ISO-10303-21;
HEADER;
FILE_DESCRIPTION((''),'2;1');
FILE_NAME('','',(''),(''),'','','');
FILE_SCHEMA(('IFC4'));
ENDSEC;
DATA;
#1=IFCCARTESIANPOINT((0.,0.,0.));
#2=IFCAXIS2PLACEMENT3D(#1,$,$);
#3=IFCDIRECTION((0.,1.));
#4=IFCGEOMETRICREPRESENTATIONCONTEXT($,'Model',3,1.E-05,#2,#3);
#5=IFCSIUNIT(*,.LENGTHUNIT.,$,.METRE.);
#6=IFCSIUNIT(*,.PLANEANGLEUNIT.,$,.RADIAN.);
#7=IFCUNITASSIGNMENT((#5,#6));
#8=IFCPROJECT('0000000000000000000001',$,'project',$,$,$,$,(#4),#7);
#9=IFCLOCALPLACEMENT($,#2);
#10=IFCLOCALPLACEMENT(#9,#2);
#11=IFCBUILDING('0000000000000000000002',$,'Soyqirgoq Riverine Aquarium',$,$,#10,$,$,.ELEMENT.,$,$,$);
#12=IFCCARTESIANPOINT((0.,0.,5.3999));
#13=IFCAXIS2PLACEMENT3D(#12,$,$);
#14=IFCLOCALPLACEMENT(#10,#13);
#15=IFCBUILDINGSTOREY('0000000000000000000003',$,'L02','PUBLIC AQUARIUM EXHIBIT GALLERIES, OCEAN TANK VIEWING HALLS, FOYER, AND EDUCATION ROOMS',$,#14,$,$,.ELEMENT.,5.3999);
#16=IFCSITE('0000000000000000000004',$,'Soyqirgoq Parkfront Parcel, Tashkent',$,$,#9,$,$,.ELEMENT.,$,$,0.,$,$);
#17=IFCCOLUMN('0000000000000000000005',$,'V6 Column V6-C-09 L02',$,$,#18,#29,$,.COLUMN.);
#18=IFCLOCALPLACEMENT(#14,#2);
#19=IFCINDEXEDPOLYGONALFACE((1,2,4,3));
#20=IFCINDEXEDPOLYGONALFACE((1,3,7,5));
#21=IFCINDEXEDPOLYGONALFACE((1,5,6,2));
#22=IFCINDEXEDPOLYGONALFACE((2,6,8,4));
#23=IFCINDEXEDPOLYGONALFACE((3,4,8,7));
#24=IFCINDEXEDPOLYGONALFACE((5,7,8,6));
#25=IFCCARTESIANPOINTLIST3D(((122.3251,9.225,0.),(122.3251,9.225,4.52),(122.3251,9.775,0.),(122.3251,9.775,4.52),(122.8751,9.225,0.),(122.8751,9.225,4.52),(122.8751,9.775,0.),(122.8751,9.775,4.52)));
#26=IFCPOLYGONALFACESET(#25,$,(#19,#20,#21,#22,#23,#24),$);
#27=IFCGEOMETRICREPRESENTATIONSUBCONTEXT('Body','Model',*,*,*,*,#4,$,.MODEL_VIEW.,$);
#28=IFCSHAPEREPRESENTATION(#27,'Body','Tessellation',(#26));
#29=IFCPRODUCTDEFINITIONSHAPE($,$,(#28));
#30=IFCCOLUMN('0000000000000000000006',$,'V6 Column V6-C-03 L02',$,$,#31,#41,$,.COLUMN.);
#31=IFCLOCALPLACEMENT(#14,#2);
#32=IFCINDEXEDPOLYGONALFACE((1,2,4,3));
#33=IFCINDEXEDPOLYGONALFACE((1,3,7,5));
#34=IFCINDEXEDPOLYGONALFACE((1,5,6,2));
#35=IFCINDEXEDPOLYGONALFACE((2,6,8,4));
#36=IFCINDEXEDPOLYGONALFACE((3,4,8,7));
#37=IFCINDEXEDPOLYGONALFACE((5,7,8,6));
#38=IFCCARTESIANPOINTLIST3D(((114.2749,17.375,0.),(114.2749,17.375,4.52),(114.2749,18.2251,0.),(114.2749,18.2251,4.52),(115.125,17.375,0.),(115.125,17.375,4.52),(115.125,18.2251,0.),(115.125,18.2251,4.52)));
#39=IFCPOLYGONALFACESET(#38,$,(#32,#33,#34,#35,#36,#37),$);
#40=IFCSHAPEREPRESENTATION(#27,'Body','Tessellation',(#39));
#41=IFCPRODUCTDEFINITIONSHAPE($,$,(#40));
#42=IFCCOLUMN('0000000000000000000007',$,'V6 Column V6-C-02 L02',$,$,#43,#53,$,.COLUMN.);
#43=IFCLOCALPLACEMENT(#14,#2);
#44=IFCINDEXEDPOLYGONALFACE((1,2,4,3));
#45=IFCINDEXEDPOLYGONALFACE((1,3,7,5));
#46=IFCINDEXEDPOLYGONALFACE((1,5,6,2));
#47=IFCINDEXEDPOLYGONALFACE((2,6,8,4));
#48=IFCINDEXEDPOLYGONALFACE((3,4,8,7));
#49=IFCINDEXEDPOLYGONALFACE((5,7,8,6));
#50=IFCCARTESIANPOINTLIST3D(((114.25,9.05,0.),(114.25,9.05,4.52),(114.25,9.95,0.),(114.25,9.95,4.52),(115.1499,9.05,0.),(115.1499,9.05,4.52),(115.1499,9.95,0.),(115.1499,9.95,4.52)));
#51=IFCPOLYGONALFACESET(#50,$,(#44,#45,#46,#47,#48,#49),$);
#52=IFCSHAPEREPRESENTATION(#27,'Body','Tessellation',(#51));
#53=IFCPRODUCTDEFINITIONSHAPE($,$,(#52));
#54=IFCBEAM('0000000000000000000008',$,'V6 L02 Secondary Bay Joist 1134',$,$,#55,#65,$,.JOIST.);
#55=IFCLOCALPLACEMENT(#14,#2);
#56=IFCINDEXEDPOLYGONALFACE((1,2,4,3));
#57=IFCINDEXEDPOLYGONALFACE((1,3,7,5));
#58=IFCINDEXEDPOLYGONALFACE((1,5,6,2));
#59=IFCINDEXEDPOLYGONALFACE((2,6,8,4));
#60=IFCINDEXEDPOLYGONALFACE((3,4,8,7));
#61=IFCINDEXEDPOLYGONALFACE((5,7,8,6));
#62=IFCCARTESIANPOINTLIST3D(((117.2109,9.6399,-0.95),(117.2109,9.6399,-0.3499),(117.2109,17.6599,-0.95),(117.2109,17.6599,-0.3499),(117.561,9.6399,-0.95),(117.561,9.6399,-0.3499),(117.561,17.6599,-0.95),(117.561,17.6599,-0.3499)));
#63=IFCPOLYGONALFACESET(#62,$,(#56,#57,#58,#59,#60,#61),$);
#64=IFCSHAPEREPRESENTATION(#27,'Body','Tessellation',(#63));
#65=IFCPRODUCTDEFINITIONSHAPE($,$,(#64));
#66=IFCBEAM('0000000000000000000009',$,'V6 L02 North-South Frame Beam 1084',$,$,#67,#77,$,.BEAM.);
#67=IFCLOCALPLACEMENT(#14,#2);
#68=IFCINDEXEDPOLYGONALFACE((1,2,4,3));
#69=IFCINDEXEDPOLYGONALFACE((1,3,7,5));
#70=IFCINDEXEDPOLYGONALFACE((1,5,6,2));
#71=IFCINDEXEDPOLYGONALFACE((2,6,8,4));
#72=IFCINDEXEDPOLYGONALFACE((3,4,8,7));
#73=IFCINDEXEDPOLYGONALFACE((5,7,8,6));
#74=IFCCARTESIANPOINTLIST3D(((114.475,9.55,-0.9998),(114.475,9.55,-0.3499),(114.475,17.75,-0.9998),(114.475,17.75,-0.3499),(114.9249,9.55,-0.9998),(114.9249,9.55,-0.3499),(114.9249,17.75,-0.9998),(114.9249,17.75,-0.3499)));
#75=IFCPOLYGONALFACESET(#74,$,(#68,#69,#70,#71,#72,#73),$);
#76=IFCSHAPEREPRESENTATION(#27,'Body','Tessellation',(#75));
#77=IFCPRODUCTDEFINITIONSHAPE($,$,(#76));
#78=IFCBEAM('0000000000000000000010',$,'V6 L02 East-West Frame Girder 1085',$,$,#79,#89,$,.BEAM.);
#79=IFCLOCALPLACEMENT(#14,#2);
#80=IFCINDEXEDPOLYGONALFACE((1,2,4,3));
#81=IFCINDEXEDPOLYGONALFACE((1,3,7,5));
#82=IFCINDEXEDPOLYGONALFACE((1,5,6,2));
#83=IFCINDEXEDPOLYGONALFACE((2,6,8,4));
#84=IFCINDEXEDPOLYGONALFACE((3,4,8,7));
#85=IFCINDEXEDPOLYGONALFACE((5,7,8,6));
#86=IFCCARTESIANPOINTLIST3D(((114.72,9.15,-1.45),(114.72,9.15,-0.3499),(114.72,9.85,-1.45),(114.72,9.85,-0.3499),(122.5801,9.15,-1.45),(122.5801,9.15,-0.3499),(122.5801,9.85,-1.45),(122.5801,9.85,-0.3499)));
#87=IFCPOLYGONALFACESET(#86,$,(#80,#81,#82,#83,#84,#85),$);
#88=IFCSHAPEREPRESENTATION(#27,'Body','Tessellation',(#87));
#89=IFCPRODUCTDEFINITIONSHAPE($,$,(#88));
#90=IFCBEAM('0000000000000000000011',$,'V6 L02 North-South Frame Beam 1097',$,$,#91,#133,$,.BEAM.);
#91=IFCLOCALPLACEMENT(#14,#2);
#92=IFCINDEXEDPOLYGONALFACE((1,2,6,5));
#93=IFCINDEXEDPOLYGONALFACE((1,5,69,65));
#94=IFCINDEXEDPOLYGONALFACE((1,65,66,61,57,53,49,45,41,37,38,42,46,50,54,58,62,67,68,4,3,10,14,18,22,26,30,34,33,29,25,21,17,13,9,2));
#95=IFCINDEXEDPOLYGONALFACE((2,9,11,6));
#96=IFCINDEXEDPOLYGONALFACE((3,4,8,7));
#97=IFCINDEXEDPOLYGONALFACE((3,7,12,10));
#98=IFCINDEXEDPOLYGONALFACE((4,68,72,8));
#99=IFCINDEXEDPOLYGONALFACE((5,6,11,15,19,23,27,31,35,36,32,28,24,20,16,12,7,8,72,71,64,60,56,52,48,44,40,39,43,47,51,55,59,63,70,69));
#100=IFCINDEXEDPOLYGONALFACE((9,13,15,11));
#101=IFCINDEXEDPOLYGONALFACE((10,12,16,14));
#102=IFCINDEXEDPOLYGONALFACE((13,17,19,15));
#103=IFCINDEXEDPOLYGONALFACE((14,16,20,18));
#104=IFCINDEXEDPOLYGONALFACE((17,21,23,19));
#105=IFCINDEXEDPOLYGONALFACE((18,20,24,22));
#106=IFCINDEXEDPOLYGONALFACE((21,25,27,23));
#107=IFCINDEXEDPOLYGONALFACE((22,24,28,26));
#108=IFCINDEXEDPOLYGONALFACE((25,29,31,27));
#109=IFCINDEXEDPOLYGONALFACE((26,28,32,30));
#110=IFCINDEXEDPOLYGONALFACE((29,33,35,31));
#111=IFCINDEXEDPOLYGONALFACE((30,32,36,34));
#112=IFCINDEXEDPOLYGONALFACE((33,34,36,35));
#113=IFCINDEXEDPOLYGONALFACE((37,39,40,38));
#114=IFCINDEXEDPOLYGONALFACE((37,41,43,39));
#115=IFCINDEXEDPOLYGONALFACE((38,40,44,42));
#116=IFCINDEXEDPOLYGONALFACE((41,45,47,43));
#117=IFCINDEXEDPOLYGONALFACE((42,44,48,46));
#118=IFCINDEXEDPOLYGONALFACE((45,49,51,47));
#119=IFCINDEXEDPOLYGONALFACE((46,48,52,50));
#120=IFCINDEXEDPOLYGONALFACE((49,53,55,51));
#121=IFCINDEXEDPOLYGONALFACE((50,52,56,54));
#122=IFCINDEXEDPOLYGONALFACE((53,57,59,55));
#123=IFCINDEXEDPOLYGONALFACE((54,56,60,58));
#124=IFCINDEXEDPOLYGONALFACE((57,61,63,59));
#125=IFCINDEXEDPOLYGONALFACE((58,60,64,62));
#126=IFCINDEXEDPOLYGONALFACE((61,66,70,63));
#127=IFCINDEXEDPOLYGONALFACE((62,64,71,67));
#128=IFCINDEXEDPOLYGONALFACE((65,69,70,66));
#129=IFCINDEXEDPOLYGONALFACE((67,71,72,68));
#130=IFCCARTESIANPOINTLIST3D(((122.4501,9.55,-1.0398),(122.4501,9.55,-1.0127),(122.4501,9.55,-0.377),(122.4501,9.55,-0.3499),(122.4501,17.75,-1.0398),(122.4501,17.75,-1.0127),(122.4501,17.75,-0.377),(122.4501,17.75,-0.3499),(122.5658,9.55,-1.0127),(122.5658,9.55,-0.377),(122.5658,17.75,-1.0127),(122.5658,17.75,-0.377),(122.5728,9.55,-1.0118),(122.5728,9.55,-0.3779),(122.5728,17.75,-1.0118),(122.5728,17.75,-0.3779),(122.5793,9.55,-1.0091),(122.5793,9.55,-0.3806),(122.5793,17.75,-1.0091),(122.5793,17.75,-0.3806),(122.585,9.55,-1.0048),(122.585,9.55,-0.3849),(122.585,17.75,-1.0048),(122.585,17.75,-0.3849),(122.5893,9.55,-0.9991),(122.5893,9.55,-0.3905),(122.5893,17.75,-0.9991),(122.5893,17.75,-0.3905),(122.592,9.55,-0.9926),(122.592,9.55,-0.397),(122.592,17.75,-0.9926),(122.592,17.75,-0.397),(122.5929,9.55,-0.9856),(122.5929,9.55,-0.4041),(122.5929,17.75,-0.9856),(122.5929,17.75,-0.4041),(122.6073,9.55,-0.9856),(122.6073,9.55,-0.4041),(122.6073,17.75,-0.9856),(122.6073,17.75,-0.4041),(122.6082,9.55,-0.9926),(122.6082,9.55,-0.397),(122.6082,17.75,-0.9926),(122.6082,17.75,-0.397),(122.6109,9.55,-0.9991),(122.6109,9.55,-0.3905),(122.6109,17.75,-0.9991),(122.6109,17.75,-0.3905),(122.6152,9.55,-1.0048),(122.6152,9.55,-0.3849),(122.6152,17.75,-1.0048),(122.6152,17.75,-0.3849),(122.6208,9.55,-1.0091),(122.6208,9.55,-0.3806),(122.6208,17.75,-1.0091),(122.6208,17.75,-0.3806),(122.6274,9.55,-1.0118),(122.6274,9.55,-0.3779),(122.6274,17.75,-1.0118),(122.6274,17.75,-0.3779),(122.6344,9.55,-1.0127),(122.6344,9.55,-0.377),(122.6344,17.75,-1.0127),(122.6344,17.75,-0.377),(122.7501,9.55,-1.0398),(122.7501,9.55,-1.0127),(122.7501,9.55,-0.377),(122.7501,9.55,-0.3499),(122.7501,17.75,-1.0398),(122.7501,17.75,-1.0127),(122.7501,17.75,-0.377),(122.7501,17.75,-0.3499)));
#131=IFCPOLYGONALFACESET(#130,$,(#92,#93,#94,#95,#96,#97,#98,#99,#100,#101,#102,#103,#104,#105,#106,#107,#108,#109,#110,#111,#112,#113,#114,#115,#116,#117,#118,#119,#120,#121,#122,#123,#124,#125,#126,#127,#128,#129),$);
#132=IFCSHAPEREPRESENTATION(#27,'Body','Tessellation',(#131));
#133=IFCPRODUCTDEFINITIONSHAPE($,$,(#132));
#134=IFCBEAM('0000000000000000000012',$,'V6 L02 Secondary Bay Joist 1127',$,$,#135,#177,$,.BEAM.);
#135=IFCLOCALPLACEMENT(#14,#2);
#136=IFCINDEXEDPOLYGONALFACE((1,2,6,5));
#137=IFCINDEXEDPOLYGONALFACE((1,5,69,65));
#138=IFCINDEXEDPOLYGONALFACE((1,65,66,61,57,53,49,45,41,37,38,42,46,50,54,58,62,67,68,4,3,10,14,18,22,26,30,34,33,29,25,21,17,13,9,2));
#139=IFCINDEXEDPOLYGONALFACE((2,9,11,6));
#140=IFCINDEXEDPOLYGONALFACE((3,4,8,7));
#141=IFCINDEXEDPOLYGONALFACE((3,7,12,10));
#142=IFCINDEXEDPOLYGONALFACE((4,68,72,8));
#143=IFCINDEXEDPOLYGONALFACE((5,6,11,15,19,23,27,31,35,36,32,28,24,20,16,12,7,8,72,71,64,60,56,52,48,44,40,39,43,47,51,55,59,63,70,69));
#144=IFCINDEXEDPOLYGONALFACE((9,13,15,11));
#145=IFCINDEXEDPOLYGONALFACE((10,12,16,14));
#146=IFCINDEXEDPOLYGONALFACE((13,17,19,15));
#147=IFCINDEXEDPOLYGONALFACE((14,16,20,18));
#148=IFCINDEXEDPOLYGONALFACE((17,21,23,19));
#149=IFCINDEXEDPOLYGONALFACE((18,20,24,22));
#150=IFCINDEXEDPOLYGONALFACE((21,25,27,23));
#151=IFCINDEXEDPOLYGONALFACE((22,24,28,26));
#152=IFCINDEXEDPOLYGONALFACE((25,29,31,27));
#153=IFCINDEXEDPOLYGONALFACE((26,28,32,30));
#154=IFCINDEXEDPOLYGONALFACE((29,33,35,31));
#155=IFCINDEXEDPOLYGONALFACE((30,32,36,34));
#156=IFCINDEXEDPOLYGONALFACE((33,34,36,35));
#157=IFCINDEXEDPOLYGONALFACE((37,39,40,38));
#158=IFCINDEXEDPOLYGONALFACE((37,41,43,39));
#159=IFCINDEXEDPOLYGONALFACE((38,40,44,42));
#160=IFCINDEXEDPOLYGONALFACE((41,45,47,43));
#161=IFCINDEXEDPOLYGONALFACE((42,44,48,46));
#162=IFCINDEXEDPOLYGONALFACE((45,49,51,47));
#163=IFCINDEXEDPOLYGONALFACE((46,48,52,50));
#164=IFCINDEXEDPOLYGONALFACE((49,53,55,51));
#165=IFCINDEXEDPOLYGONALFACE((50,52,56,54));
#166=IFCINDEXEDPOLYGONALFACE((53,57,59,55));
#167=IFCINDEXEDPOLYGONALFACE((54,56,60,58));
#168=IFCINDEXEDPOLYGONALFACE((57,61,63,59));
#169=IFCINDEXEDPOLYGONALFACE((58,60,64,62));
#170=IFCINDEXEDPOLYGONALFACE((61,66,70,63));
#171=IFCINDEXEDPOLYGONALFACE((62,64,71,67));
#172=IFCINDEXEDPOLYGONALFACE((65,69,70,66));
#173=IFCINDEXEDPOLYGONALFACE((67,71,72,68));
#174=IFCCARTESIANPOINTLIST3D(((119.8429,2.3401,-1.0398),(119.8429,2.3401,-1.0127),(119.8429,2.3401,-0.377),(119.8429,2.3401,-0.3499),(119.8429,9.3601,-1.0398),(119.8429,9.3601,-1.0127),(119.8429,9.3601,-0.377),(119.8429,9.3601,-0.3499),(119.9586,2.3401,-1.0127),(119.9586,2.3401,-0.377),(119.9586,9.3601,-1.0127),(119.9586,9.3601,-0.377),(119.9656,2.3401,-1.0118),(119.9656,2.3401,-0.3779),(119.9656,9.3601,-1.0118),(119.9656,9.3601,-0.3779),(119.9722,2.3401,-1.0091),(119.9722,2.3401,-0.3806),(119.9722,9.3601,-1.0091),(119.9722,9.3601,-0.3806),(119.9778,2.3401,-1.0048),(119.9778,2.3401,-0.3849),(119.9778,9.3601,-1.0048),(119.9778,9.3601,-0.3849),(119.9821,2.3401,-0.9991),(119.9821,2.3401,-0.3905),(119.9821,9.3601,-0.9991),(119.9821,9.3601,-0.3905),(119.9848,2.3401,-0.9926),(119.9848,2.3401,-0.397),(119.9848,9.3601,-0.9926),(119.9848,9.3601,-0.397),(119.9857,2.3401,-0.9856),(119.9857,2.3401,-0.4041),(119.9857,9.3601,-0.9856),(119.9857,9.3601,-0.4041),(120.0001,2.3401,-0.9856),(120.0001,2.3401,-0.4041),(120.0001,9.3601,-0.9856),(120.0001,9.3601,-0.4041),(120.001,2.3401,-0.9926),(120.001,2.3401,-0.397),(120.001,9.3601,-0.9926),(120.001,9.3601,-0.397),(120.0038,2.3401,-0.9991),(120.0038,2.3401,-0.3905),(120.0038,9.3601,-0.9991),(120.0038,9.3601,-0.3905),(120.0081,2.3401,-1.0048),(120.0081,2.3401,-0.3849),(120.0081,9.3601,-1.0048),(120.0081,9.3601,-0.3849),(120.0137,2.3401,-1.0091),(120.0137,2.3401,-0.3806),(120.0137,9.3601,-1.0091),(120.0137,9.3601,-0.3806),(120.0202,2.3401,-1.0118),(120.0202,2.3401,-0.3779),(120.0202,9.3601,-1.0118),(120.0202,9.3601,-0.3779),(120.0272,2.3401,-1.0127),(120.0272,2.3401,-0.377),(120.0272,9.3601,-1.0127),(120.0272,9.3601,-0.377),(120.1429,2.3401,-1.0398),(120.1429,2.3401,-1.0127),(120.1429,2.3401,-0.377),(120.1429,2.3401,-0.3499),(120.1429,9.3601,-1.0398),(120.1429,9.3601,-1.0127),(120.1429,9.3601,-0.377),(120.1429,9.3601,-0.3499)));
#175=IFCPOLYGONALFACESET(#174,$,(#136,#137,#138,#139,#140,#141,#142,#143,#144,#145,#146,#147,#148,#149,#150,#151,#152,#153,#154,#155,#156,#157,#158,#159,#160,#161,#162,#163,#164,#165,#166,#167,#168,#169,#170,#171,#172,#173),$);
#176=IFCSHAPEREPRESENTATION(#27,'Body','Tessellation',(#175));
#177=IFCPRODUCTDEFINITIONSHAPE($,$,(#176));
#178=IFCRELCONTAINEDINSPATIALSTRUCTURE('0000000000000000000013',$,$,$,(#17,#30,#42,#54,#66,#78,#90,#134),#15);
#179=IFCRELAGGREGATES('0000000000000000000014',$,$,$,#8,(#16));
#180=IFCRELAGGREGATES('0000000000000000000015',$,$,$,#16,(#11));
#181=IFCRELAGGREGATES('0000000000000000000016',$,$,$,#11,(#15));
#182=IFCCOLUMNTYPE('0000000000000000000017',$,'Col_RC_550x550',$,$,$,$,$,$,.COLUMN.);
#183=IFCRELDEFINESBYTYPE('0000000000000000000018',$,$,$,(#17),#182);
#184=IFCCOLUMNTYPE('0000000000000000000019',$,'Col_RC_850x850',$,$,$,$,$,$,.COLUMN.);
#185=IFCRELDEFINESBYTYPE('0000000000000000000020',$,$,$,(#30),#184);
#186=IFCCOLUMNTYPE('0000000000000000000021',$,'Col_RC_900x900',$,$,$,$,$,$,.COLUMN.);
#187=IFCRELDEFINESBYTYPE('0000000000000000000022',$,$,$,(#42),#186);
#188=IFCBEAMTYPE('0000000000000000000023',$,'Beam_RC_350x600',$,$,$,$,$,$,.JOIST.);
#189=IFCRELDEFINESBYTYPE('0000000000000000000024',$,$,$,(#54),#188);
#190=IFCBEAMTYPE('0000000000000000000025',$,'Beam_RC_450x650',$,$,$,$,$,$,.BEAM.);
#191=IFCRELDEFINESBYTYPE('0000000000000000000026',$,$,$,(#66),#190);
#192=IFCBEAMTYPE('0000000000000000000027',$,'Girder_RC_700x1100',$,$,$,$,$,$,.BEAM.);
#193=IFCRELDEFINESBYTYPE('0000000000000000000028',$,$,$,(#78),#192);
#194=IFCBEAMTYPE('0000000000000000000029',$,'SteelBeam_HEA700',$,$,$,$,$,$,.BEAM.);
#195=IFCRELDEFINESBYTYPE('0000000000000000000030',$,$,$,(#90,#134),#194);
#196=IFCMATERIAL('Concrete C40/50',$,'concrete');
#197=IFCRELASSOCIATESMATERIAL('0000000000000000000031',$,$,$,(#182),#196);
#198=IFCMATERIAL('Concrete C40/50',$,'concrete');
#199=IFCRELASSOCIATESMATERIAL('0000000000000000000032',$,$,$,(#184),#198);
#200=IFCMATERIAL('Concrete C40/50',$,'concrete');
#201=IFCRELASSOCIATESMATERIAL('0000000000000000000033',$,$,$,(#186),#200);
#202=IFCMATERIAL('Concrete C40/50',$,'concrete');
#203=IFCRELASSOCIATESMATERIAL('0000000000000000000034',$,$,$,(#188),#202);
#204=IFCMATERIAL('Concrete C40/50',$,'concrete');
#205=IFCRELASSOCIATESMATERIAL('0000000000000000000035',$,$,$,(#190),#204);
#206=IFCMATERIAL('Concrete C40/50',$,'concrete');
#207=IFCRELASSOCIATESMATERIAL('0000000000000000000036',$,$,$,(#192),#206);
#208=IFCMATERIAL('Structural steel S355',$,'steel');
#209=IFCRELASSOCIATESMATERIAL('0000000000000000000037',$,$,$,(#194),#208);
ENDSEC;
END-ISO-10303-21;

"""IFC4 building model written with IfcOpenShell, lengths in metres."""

from ifc_helpers import new_model, si_unit, direction, frame, origin, origin_2d, place, context, subcontext, project, spatial, rectangle, i_section, extrude, material, material_profile, profile_set, type_object, element, save


model = new_model("IFC4")

# Units and contexts
model_context = context("Model", 3, precision=1e-05, world=origin(), true_north=direction((0.0, 1.0)))
body_context = subcontext(model_context, "Body", "Model", "MODEL_VIEW")
ifc_project = project(units=[si_unit("LENGTHUNIT", "METRE"), si_unit("PLANEANGLEUNIT", "RADIAN")], contexts=[model_context])

# Site, building, storey
site_placement = place(None, origin())
site = spatial("IfcSite", under=ifc_project, at=site_placement, Name="Soyqirgoq Parkfront Parcel, Tashkent", CompositionType="ELEMENT", RefElevation=0.0)
building_placement = place(site_placement, origin())
building = spatial("IfcBuilding", under=site, at=building_placement, Name="Soyqirgoq Riverine Aquarium", CompositionType="ELEMENT")
storey_placement = place(building_placement, frame((0.0, 0.0, 5.3999)))
storey = spatial("IfcBuildingStorey", under=building, at=storey_placement, Name="L02", Description="PUBLIC AQUARIUM EXHIBIT GALLERIES, OCEAN TANK VIEWING HALLS, FOYER, AND EDUCATION ROOMS", CompositionType="ELEMENT", Elevation=5.3999)

# Columns
ifc_material_1 = material(Name="Concrete C40/50", Category="concrete")
ifc_material_profile_1 = material_profile(ifc_material_1, rectangle(XDim=0.55, YDim=0.55, at=origin_2d()), Name="RC 550x550")
ifc_profile_set_1 = profile_set([ifc_material_profile_1], Name="Concrete C40/50")
column_type_1 = type_object("IfcColumnType", Name="Col_RC_550x550", PredefinedType="COLUMN", material=ifc_profile_set_1)
column_1_placement = place(storey_placement, frame((122.6001, 9.5, 0.0), z_axis=(0.0, 0.0, 1.0), x_axis=(1.0, 0.0, 0.0)))
element("IfcColumn", 1, at=column_1_placement, inside=storey, type_object=column_type_1, Name="V6 Column V6-C-09 L02", PredefinedType="COLUMN", context=body_context, shape_type="SweptSolid", body=[
    extrude(rectangle(XDim=0.55, YDim=0.55, at=origin_2d()), origin(), (0.0, 0.0, 1.0), 4.52),
])
ifc_material_2 = material(Name="Concrete C40/50", Category="concrete")
ifc_material_profile_2 = material_profile(ifc_material_2, rectangle(XDim=0.8501, YDim=0.8501, at=origin_2d()), Name="RC 850x850")
ifc_profile_set_2 = profile_set([ifc_material_profile_2], Name="Concrete C40/50")
column_type_2 = type_object("IfcColumnType", Name="Col_RC_850x850", PredefinedType="COLUMN", material=ifc_profile_set_2)
column_2_placement = place(storey_placement, frame((114.7, 17.8, 0.0), z_axis=(0.0, 0.0, 1.0), x_axis=(1.0, 0.0, 0.0)))
element("IfcColumn", 2, at=column_2_placement, inside=storey, type_object=column_type_2, Name="V6 Column V6-C-03 L02", PredefinedType="COLUMN", context=body_context, shape_type="SweptSolid", body=[
    extrude(rectangle(XDim=0.8501, YDim=0.8501, at=origin_2d()), origin(), (0.0, 0.0, 1.0), 4.52),
])
ifc_material_3 = material(Name="Concrete C40/50", Category="concrete")
ifc_material_profile_3 = material_profile(ifc_material_3, rectangle(XDim=0.8999, YDim=0.8999, at=origin_2d()), Name="RC 900x900")
ifc_profile_set_3 = profile_set([ifc_material_profile_3], Name="Concrete C40/50")
column_type_3 = type_object("IfcColumnType", Name="Col_RC_900x900", PredefinedType="COLUMN", material=ifc_profile_set_3)
column_3_placement = place(storey_placement, frame((114.7, 9.5, 0.0), z_axis=(0.0, 0.0, 1.0), x_axis=(1.0, 0.0, 0.0)))
element("IfcColumn", 3, at=column_3_placement, inside=storey, type_object=column_type_3, Name="V6 Column V6-C-02 L02", PredefinedType="COLUMN", context=body_context, shape_type="SweptSolid", body=[
    extrude(rectangle(XDim=0.8999, YDim=0.8999, at=origin_2d()), origin(), (0.0, 0.0, 1.0), 4.52),
])

# Beams
ifc_material_4 = material(Name="Concrete C40/50", Category="concrete")
ifc_material_profile_4 = material_profile(ifc_material_4, rectangle(XDim=0.3501, YDim=0.6001, at=origin_2d()), Name="RC 350x600")
ifc_profile_set_4 = profile_set([ifc_material_profile_4], Name="Concrete C40/50")
beam_type_1 = type_object("IfcBeamType", Name="Beam_RC_350x600", PredefinedType="JOIST", material=ifc_profile_set_4)
beam_1_placement = place(storey_placement, frame((117.386, 9.6399, -0.6499), z_axis=(0.0, 1.0, 0.0), x_axis=(-1.0, 0.0, 0.0)))
element("IfcBeam", 4, at=beam_1_placement, inside=storey, type_object=beam_type_1, Name="V6 L02 Secondary Bay Joist 1134", PredefinedType="JOIST", context=body_context, shape_type="SweptSolid", body=[
    extrude(rectangle(XDim=0.3501, YDim=0.6001, at=origin_2d()), origin(), (0.0, 0.0, 1.0), 8.02),
])
ifc_material_5 = material(Name="Concrete C40/50", Category="concrete")
ifc_material_profile_5 = material_profile(ifc_material_5, rectangle(XDim=0.45, YDim=0.6499, at=origin_2d()), Name="RC 450x650")
ifc_profile_set_5 = profile_set([ifc_material_profile_5], Name="Concrete C40/50")
beam_type_2 = type_object("IfcBeamType", Name="Beam_RC_450x650", PredefinedType="BEAM", material=ifc_profile_set_5)
beam_2_placement = place(storey_placement, frame((114.7, 9.55, -0.6748), z_axis=(0.0, 1.0, 0.0), x_axis=(-1.0, 0.0, 0.0)))
element("IfcBeam", 5, at=beam_2_placement, inside=storey, type_object=beam_type_2, Name="V6 L02 North-South Frame Beam 1084", PredefinedType="BEAM", context=body_context, shape_type="SweptSolid", body=[
    extrude(rectangle(XDim=0.45, YDim=0.6499, at=origin_2d()), origin(), (0.0, 0.0, 1.0), 8.2),
])
ifc_material_6 = material(Name="Concrete C40/50", Category="concrete")
ifc_material_profile_6 = material_profile(ifc_material_6, rectangle(XDim=0.7, YDim=1.1001, at=origin_2d()), Name="RC 700x1100")
ifc_profile_set_6 = profile_set([ifc_material_profile_6], Name="Concrete C40/50")
beam_type_3 = type_object("IfcBeamType", Name="Girder_RC_700x1100", PredefinedType="BEAM", material=ifc_profile_set_6)
beam_3_placement = place(storey_placement, frame((114.72, 9.5, -0.8999), z_axis=(1.0, 0.0, 0.0), x_axis=(0.0, 1.0, 0.0)))
element("IfcBeam", 6, at=beam_3_placement, inside=storey, type_object=beam_type_3, Name="V6 L02 East-West Frame Girder 1085", PredefinedType="BEAM", context=body_context, shape_type="SweptSolid", body=[
    extrude(rectangle(XDim=0.7, YDim=1.1001, at=origin_2d()), origin(), (0.0, 0.0, 1.0), 7.8601),
])
ifc_material_7 = material(Name="Structural steel S355", Category="steel")
ifc_material_profile_7 = material_profile(ifc_material_7, i_section(OverallWidth=0.3, OverallDepth=0.6899, WebThickness=0.0144, FlangeThickness=0.0271, FilletRadius=0.0271, at=origin_2d()), Name="HEA 700")
ifc_profile_set_7 = profile_set([ifc_material_profile_7], Name="Structural steel S355")
beam_type_4 = type_object("IfcBeamType", Name="SteelBeam_HEA700", PredefinedType="BEAM", material=ifc_profile_set_7)
beam_4_placement = place(storey_placement, frame((122.6001, 9.55, -0.6948), z_axis=(0.0, 1.0, 0.0), x_axis=(-1.0, 0.0, 0.0)))
element("IfcBeam", 7, at=beam_4_placement, inside=storey, type_object=beam_type_4, Name="V6 L02 North-South Frame Beam 1097", PredefinedType="BEAM", context=body_context, shape_type="SweptSolid", body=[
    extrude(i_section(OverallWidth=0.3, OverallDepth=0.6899, WebThickness=0.0144, FlangeThickness=0.0271, FilletRadius=0.0271, at=origin_2d()), origin(), (0.0, 0.0, 1.0), 8.2),
])
beam_5_placement = place(storey_placement, frame((119.9929, 2.3401, -0.6948), z_axis=(0.0, 1.0, 0.0), x_axis=(-1.0, 0.0, 0.0)))
element("IfcBeam", 8, at=beam_5_placement, inside=storey, type_object=beam_type_4, Name="V6 L02 Secondary Bay Joist 1127", PredefinedType="BEAM", context=body_context, shape_type="SweptSolid", body=[
    extrude(i_section(OverallWidth=0.3, OverallDepth=0.6899, WebThickness=0.0144, FlangeThickness=0.0271, FilletRadius=0.0271, at=origin_2d()), origin(), (0.0, 0.0, 1.0), 7.02),
])

save(model, "model.ifc")
